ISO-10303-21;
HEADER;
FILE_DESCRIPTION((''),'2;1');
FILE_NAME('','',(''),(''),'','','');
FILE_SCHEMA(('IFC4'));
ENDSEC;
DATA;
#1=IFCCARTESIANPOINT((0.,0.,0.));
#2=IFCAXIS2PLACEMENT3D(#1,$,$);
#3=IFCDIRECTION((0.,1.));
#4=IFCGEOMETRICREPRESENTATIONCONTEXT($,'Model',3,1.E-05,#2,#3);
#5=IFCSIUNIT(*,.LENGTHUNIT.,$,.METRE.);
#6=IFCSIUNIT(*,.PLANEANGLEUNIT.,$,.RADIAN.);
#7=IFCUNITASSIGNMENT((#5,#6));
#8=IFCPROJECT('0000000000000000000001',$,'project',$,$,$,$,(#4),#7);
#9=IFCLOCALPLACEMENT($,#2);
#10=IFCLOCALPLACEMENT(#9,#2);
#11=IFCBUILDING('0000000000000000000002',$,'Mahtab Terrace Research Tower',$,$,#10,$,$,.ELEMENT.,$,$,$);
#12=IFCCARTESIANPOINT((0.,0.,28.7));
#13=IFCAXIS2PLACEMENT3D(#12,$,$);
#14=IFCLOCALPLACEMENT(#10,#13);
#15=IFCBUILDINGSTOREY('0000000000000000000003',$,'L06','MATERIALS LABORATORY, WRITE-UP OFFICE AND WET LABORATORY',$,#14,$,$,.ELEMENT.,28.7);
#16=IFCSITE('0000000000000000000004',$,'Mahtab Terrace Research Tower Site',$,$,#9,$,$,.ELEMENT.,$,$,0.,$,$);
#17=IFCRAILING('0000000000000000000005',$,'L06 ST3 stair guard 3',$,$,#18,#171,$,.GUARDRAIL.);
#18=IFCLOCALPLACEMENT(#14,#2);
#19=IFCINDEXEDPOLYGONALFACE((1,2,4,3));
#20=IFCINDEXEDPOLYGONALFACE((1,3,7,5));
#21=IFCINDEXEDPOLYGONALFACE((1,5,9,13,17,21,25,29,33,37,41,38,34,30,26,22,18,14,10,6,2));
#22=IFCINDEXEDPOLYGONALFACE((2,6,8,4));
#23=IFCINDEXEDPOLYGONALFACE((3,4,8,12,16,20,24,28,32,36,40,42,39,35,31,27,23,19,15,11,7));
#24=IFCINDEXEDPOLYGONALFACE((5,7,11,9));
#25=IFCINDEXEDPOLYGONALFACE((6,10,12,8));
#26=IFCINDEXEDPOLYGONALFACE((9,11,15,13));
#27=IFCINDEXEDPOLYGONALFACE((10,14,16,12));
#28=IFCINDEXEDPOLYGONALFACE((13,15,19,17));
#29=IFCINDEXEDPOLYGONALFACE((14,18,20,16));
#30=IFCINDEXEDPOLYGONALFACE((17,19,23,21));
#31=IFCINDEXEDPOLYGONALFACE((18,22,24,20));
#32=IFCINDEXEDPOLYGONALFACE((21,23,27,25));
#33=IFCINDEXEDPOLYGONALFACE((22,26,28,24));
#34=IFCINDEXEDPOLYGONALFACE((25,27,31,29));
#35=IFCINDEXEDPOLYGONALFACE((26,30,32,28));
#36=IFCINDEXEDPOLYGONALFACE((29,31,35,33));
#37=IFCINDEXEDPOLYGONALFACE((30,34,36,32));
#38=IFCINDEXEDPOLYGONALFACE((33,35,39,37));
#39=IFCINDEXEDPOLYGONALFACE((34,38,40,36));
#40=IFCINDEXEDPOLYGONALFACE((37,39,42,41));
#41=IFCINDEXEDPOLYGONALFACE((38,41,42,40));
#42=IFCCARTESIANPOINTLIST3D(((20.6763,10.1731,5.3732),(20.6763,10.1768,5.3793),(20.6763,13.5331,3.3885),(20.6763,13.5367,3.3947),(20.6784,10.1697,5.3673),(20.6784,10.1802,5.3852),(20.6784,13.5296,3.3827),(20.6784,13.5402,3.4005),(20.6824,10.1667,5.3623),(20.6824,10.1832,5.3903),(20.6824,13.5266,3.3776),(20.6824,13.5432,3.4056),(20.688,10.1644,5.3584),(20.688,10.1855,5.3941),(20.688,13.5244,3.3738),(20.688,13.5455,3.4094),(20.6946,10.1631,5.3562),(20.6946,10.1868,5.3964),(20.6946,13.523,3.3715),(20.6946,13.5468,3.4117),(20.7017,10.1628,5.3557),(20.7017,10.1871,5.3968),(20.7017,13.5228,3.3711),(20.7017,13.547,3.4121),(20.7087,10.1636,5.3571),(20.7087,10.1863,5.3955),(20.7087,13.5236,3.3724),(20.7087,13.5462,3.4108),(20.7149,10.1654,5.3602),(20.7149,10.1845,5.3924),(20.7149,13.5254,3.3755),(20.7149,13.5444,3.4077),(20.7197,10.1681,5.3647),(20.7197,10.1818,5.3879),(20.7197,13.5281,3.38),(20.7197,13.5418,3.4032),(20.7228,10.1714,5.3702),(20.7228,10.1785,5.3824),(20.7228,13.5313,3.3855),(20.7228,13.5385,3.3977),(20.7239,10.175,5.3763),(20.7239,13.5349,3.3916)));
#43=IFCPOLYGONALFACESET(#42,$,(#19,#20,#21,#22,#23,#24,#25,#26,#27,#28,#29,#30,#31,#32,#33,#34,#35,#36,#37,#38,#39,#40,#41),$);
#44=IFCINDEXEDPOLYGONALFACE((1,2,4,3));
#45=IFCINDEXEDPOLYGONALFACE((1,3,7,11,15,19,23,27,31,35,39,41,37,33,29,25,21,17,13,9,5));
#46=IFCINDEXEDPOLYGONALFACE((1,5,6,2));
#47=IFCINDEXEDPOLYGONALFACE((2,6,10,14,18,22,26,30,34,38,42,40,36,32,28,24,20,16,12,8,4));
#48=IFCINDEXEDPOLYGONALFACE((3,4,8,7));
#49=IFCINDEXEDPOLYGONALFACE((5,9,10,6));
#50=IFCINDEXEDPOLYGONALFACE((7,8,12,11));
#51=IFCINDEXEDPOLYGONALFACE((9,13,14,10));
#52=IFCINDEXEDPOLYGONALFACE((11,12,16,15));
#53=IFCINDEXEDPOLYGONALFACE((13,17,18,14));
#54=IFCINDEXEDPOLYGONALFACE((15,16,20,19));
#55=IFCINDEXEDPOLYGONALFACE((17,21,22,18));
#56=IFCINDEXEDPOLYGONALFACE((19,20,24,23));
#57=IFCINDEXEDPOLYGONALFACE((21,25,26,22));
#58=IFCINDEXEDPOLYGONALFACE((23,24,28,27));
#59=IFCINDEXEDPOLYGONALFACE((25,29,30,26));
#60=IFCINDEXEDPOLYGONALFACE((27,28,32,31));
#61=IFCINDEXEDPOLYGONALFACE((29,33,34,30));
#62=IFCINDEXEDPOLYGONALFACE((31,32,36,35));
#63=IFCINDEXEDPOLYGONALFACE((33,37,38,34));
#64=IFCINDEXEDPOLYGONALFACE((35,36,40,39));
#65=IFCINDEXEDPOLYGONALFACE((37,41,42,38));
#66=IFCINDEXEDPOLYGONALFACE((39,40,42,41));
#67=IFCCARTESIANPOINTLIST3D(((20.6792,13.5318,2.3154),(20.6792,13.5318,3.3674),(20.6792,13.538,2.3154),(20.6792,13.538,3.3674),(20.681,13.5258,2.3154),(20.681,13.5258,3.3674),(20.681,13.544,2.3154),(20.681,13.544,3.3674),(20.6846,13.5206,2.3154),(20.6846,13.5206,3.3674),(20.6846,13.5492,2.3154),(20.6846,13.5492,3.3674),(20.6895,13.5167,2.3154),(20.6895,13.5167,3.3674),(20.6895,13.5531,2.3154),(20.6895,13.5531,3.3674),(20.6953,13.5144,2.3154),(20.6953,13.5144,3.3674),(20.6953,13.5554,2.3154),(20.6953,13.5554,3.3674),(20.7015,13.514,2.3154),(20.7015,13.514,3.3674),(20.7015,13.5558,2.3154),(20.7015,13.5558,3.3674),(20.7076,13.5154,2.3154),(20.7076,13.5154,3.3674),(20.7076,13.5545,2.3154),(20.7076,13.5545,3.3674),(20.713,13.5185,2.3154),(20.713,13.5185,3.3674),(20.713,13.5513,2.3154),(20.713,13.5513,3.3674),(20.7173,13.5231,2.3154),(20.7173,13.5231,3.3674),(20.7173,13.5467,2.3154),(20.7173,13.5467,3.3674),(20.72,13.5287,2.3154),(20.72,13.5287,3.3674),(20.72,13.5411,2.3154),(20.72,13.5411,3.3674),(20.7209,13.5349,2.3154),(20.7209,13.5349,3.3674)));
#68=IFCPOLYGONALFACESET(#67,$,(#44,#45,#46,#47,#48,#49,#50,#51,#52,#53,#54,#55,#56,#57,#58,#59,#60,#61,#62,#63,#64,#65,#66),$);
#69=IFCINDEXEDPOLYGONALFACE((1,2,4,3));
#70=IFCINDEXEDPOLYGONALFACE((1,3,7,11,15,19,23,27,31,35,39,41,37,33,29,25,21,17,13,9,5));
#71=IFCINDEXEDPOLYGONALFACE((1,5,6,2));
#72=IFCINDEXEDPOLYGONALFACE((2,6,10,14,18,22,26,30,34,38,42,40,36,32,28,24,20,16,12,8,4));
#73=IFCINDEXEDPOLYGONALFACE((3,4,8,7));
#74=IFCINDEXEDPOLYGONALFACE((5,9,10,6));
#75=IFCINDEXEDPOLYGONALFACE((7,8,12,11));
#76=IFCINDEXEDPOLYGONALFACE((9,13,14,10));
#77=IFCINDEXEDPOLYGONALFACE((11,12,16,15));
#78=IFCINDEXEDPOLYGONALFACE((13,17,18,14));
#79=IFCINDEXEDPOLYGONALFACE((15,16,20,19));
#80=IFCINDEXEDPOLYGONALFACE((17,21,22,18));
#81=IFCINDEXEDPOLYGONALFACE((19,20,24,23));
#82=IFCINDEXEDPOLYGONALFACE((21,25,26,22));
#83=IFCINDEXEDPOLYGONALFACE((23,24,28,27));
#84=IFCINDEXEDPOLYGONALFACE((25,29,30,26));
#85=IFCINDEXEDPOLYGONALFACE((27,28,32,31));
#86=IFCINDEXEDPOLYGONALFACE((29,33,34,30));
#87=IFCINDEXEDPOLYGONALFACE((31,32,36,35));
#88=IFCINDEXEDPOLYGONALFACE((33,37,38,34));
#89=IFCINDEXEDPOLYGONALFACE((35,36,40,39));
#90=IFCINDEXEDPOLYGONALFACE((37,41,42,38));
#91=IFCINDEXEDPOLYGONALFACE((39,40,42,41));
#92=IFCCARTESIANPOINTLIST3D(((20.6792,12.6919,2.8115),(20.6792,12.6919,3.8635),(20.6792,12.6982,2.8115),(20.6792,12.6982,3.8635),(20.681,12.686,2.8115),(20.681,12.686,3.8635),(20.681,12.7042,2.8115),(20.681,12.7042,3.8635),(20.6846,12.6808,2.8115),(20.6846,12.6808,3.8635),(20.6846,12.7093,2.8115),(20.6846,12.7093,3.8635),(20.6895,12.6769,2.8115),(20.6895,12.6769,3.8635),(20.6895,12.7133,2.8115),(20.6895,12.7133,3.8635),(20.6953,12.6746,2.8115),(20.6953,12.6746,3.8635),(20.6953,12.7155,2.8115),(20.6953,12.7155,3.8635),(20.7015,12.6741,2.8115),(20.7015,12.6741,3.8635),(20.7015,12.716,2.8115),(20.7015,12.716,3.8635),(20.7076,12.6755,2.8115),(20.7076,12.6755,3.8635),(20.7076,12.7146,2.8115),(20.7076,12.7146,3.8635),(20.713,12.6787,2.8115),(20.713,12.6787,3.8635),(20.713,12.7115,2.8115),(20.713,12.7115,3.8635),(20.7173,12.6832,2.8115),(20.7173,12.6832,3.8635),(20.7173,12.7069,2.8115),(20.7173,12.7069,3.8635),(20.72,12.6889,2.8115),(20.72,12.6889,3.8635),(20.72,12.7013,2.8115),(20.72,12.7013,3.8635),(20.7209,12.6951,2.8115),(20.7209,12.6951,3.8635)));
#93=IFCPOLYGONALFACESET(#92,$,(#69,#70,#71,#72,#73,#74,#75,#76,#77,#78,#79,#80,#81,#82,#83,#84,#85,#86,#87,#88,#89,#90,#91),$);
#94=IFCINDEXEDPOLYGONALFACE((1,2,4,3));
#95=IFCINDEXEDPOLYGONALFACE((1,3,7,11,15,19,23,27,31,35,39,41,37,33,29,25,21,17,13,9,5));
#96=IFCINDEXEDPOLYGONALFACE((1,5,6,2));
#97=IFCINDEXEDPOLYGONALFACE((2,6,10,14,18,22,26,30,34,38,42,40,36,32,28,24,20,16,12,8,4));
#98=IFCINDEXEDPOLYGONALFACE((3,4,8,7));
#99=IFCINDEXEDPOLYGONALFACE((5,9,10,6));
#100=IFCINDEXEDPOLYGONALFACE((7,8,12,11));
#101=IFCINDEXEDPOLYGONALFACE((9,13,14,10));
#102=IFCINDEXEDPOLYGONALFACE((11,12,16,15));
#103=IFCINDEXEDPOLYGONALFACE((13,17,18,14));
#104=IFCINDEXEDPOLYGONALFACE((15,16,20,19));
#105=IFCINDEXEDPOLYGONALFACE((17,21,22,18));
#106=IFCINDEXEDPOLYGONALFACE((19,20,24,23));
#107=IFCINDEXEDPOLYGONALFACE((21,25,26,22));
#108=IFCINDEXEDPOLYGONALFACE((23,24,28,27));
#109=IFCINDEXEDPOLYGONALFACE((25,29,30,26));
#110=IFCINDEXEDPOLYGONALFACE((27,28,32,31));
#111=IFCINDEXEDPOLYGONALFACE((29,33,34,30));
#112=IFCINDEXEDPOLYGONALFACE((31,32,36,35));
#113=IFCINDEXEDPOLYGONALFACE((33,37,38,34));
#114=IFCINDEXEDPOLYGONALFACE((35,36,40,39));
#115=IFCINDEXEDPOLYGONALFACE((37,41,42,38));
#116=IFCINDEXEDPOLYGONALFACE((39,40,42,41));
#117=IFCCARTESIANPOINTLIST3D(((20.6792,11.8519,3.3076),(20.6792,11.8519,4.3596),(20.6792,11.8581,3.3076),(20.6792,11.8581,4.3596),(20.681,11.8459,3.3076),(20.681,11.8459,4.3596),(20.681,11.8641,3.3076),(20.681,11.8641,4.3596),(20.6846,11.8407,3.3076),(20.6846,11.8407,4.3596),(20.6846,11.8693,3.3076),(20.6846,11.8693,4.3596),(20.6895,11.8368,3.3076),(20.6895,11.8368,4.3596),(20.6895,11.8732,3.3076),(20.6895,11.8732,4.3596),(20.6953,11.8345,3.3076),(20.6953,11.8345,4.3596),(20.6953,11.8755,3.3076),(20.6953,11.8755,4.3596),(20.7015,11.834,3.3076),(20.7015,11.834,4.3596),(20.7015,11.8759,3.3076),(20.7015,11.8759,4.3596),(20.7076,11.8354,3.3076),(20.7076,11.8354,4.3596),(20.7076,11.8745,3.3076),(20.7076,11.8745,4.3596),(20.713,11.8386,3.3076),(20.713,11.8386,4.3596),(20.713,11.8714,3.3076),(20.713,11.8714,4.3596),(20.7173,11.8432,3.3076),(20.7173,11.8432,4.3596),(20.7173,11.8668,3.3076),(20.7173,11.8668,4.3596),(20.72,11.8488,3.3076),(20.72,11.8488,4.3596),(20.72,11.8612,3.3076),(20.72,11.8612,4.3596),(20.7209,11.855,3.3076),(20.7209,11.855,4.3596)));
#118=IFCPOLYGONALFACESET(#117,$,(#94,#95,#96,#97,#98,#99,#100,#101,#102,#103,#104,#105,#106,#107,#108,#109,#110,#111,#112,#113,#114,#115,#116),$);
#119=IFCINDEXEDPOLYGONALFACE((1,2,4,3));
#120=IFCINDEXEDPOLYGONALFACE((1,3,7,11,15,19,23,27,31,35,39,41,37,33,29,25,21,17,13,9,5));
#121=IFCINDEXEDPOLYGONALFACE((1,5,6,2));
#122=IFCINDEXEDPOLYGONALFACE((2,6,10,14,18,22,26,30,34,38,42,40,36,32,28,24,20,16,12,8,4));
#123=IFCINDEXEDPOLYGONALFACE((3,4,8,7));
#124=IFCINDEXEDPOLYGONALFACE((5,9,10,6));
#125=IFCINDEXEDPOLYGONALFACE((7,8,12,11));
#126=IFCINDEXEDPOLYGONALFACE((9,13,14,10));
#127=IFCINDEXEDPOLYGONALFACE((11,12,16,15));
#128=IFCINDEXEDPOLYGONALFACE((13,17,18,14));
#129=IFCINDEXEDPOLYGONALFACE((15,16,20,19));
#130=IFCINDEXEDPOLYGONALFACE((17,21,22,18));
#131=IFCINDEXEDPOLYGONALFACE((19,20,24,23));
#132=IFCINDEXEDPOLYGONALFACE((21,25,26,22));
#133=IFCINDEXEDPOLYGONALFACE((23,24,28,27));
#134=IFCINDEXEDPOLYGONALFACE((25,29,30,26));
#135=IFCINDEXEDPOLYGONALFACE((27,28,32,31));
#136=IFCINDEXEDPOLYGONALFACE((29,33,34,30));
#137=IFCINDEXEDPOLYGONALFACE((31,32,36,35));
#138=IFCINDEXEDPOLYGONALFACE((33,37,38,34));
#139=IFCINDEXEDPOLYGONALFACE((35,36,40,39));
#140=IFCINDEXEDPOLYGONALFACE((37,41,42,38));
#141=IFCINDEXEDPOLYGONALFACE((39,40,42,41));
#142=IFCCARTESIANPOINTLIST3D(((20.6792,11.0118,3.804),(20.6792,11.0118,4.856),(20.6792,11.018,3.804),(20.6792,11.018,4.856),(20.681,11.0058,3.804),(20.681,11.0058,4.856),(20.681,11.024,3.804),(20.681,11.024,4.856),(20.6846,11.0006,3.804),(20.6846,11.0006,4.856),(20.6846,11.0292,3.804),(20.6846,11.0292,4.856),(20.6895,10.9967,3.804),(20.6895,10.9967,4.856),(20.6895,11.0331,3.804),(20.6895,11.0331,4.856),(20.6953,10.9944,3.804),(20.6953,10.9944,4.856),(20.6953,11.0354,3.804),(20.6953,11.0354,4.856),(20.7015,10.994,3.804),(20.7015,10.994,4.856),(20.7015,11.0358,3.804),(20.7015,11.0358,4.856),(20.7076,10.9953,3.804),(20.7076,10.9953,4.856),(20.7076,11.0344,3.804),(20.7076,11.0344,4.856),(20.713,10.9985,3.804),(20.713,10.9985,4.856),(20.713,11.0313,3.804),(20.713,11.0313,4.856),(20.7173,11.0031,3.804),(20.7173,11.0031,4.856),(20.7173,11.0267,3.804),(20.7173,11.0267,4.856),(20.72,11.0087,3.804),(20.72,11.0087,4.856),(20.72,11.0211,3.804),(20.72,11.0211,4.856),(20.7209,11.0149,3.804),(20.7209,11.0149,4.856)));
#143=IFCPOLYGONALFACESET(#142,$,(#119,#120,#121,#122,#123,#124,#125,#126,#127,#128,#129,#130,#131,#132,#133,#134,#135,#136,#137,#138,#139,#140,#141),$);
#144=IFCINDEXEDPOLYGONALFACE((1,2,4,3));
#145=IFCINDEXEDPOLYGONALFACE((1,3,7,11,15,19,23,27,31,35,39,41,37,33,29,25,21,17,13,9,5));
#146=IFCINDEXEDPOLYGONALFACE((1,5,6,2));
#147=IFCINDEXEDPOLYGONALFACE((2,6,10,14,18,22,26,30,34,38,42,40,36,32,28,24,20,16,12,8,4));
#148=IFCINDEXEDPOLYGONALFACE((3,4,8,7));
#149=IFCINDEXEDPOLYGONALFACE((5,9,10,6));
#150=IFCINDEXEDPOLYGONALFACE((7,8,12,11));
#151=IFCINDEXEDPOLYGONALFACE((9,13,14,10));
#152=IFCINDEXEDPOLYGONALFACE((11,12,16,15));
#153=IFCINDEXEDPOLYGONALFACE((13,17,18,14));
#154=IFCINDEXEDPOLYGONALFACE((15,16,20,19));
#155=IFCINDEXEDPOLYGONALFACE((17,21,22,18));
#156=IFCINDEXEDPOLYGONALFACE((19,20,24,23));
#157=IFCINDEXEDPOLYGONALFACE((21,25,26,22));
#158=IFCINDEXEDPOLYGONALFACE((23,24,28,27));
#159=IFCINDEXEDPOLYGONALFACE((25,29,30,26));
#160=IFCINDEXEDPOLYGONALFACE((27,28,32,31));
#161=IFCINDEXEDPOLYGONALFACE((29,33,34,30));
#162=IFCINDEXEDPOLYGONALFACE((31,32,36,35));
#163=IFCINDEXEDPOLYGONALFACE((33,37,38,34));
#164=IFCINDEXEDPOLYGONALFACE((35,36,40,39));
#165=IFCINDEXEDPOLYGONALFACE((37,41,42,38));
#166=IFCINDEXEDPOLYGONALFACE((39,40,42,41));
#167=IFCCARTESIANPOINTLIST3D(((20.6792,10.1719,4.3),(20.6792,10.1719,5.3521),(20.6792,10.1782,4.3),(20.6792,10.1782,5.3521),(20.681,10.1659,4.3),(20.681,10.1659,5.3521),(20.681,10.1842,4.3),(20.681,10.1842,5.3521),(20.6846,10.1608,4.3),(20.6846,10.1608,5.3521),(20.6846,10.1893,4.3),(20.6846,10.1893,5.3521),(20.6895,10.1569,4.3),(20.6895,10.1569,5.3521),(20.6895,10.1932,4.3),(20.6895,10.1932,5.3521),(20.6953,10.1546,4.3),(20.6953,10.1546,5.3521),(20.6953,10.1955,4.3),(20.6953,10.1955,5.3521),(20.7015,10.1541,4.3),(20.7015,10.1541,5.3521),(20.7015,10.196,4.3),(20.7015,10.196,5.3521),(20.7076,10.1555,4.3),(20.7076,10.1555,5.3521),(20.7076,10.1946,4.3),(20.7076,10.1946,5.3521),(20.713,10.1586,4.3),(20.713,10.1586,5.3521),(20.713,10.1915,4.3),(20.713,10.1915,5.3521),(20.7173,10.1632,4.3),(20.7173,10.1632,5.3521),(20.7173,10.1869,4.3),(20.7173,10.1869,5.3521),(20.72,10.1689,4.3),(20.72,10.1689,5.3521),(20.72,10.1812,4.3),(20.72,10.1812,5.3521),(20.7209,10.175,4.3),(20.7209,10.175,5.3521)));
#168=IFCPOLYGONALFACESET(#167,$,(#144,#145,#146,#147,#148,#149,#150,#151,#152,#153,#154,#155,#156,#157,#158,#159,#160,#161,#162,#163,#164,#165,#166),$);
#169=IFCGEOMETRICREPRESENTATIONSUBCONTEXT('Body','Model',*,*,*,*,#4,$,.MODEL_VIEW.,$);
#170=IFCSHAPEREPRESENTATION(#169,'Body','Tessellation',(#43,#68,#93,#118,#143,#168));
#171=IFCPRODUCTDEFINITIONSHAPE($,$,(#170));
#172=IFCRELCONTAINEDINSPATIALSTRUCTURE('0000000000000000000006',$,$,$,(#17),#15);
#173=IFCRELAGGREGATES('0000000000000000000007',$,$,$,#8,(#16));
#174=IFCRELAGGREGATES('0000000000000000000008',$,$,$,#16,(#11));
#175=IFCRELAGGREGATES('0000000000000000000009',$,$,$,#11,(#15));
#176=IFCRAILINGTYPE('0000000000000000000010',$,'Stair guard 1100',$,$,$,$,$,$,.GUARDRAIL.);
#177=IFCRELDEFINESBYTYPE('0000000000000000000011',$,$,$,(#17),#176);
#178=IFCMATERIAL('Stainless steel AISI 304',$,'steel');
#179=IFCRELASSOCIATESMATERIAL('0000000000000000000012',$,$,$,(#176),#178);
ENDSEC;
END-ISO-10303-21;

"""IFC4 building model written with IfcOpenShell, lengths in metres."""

from ifc_helpers import new_model, si_unit, direction, frame, origin, origin_2d, place, context, subcontext, project, spatial, circle, extrude, material, type_object, element, save


model = new_model("IFC4")

# Units and contexts
model_context = context("Model", 3, precision=1e-05, world=origin(), true_north=direction((0.0, 1.0)))
body_context = subcontext(model_context, "Body", "Model", "MODEL_VIEW")
ifc_project = project(units=[si_unit("LENGTHUNIT", "METRE"), si_unit("PLANEANGLEUNIT", "RADIAN")], contexts=[model_context])

# Site, building, storey
site_placement = place(None, origin())
site = spatial("IfcSite", under=ifc_project, at=site_placement, Name="Mahtab Terrace Research Tower Site", CompositionType="ELEMENT", RefElevation=0.0)
building_placement = place(site_placement, origin())
building = spatial("IfcBuilding", under=site, at=building_placement, Name="Mahtab Terrace Research Tower", CompositionType="ELEMENT")
storey_placement = place(building_placement, frame((0.0, 0.0, 28.7)))
storey = spatial("IfcBuildingStorey", under=building, at=storey_placement, Name="L06", Description="MATERIALS LABORATORY, WRITE-UP OFFICE AND WET LABORATORY", CompositionType="ELEMENT", Elevation=28.7)

# Shared definitions
ifc_material_1 = material(Name="Stainless steel AISI 304", Category="steel")

# Railing
railing_type_1 = type_object("IfcRailingType", Name="Stair guard 1100", PredefinedType="GUARDRAIL", material=ifc_material_1)
railing_1_placement = place(storey_placement, frame((20.7, 13.5349, 2.3154)))
element("IfcRailing", 1, at=railing_1_placement, inside=storey, type_object=railing_type_1, Name="L06 ST3 stair guard 3", PredefinedType="GUARDRAIL", context=body_context, shape_type="SweptSolid", body=[
    extrude(circle(Radius=0.0239, at=origin_2d()), frame((0.0, 0.0, 1.0762), z_axis=(0.0, -0.861011, 0.508586), x_axis=(1.0, 0.0, 0.0)), (0.0, 0.0, 1.0), 3.9023),
    extrude(circle(Radius=0.021, at=origin_2d()), origin(), (0.0, 0.0, 1.0), 1.052),
    extrude(circle(Radius=0.021, at=origin_2d()), frame((0.0, -0.8398, 0.4961)), (0.0, 0.0, 1.0), 1.052),
    extrude(circle(Radius=0.021, at=origin_2d()), frame((0.0, -1.6799, 0.9922)), (0.0, 0.0, 1.0), 1.052),
    extrude(circle(Radius=0.021, at=origin_2d()), frame((0.0, -2.52, 1.4885)), (0.0, 0.0, 1.0), 1.052),
    extrude(circle(Radius=0.021, at=origin_2d()), frame((0.0, -3.3599, 1.9846)), (0.0, 0.0, 1.0), 1.052),
])

save(model, "model.ifc")
